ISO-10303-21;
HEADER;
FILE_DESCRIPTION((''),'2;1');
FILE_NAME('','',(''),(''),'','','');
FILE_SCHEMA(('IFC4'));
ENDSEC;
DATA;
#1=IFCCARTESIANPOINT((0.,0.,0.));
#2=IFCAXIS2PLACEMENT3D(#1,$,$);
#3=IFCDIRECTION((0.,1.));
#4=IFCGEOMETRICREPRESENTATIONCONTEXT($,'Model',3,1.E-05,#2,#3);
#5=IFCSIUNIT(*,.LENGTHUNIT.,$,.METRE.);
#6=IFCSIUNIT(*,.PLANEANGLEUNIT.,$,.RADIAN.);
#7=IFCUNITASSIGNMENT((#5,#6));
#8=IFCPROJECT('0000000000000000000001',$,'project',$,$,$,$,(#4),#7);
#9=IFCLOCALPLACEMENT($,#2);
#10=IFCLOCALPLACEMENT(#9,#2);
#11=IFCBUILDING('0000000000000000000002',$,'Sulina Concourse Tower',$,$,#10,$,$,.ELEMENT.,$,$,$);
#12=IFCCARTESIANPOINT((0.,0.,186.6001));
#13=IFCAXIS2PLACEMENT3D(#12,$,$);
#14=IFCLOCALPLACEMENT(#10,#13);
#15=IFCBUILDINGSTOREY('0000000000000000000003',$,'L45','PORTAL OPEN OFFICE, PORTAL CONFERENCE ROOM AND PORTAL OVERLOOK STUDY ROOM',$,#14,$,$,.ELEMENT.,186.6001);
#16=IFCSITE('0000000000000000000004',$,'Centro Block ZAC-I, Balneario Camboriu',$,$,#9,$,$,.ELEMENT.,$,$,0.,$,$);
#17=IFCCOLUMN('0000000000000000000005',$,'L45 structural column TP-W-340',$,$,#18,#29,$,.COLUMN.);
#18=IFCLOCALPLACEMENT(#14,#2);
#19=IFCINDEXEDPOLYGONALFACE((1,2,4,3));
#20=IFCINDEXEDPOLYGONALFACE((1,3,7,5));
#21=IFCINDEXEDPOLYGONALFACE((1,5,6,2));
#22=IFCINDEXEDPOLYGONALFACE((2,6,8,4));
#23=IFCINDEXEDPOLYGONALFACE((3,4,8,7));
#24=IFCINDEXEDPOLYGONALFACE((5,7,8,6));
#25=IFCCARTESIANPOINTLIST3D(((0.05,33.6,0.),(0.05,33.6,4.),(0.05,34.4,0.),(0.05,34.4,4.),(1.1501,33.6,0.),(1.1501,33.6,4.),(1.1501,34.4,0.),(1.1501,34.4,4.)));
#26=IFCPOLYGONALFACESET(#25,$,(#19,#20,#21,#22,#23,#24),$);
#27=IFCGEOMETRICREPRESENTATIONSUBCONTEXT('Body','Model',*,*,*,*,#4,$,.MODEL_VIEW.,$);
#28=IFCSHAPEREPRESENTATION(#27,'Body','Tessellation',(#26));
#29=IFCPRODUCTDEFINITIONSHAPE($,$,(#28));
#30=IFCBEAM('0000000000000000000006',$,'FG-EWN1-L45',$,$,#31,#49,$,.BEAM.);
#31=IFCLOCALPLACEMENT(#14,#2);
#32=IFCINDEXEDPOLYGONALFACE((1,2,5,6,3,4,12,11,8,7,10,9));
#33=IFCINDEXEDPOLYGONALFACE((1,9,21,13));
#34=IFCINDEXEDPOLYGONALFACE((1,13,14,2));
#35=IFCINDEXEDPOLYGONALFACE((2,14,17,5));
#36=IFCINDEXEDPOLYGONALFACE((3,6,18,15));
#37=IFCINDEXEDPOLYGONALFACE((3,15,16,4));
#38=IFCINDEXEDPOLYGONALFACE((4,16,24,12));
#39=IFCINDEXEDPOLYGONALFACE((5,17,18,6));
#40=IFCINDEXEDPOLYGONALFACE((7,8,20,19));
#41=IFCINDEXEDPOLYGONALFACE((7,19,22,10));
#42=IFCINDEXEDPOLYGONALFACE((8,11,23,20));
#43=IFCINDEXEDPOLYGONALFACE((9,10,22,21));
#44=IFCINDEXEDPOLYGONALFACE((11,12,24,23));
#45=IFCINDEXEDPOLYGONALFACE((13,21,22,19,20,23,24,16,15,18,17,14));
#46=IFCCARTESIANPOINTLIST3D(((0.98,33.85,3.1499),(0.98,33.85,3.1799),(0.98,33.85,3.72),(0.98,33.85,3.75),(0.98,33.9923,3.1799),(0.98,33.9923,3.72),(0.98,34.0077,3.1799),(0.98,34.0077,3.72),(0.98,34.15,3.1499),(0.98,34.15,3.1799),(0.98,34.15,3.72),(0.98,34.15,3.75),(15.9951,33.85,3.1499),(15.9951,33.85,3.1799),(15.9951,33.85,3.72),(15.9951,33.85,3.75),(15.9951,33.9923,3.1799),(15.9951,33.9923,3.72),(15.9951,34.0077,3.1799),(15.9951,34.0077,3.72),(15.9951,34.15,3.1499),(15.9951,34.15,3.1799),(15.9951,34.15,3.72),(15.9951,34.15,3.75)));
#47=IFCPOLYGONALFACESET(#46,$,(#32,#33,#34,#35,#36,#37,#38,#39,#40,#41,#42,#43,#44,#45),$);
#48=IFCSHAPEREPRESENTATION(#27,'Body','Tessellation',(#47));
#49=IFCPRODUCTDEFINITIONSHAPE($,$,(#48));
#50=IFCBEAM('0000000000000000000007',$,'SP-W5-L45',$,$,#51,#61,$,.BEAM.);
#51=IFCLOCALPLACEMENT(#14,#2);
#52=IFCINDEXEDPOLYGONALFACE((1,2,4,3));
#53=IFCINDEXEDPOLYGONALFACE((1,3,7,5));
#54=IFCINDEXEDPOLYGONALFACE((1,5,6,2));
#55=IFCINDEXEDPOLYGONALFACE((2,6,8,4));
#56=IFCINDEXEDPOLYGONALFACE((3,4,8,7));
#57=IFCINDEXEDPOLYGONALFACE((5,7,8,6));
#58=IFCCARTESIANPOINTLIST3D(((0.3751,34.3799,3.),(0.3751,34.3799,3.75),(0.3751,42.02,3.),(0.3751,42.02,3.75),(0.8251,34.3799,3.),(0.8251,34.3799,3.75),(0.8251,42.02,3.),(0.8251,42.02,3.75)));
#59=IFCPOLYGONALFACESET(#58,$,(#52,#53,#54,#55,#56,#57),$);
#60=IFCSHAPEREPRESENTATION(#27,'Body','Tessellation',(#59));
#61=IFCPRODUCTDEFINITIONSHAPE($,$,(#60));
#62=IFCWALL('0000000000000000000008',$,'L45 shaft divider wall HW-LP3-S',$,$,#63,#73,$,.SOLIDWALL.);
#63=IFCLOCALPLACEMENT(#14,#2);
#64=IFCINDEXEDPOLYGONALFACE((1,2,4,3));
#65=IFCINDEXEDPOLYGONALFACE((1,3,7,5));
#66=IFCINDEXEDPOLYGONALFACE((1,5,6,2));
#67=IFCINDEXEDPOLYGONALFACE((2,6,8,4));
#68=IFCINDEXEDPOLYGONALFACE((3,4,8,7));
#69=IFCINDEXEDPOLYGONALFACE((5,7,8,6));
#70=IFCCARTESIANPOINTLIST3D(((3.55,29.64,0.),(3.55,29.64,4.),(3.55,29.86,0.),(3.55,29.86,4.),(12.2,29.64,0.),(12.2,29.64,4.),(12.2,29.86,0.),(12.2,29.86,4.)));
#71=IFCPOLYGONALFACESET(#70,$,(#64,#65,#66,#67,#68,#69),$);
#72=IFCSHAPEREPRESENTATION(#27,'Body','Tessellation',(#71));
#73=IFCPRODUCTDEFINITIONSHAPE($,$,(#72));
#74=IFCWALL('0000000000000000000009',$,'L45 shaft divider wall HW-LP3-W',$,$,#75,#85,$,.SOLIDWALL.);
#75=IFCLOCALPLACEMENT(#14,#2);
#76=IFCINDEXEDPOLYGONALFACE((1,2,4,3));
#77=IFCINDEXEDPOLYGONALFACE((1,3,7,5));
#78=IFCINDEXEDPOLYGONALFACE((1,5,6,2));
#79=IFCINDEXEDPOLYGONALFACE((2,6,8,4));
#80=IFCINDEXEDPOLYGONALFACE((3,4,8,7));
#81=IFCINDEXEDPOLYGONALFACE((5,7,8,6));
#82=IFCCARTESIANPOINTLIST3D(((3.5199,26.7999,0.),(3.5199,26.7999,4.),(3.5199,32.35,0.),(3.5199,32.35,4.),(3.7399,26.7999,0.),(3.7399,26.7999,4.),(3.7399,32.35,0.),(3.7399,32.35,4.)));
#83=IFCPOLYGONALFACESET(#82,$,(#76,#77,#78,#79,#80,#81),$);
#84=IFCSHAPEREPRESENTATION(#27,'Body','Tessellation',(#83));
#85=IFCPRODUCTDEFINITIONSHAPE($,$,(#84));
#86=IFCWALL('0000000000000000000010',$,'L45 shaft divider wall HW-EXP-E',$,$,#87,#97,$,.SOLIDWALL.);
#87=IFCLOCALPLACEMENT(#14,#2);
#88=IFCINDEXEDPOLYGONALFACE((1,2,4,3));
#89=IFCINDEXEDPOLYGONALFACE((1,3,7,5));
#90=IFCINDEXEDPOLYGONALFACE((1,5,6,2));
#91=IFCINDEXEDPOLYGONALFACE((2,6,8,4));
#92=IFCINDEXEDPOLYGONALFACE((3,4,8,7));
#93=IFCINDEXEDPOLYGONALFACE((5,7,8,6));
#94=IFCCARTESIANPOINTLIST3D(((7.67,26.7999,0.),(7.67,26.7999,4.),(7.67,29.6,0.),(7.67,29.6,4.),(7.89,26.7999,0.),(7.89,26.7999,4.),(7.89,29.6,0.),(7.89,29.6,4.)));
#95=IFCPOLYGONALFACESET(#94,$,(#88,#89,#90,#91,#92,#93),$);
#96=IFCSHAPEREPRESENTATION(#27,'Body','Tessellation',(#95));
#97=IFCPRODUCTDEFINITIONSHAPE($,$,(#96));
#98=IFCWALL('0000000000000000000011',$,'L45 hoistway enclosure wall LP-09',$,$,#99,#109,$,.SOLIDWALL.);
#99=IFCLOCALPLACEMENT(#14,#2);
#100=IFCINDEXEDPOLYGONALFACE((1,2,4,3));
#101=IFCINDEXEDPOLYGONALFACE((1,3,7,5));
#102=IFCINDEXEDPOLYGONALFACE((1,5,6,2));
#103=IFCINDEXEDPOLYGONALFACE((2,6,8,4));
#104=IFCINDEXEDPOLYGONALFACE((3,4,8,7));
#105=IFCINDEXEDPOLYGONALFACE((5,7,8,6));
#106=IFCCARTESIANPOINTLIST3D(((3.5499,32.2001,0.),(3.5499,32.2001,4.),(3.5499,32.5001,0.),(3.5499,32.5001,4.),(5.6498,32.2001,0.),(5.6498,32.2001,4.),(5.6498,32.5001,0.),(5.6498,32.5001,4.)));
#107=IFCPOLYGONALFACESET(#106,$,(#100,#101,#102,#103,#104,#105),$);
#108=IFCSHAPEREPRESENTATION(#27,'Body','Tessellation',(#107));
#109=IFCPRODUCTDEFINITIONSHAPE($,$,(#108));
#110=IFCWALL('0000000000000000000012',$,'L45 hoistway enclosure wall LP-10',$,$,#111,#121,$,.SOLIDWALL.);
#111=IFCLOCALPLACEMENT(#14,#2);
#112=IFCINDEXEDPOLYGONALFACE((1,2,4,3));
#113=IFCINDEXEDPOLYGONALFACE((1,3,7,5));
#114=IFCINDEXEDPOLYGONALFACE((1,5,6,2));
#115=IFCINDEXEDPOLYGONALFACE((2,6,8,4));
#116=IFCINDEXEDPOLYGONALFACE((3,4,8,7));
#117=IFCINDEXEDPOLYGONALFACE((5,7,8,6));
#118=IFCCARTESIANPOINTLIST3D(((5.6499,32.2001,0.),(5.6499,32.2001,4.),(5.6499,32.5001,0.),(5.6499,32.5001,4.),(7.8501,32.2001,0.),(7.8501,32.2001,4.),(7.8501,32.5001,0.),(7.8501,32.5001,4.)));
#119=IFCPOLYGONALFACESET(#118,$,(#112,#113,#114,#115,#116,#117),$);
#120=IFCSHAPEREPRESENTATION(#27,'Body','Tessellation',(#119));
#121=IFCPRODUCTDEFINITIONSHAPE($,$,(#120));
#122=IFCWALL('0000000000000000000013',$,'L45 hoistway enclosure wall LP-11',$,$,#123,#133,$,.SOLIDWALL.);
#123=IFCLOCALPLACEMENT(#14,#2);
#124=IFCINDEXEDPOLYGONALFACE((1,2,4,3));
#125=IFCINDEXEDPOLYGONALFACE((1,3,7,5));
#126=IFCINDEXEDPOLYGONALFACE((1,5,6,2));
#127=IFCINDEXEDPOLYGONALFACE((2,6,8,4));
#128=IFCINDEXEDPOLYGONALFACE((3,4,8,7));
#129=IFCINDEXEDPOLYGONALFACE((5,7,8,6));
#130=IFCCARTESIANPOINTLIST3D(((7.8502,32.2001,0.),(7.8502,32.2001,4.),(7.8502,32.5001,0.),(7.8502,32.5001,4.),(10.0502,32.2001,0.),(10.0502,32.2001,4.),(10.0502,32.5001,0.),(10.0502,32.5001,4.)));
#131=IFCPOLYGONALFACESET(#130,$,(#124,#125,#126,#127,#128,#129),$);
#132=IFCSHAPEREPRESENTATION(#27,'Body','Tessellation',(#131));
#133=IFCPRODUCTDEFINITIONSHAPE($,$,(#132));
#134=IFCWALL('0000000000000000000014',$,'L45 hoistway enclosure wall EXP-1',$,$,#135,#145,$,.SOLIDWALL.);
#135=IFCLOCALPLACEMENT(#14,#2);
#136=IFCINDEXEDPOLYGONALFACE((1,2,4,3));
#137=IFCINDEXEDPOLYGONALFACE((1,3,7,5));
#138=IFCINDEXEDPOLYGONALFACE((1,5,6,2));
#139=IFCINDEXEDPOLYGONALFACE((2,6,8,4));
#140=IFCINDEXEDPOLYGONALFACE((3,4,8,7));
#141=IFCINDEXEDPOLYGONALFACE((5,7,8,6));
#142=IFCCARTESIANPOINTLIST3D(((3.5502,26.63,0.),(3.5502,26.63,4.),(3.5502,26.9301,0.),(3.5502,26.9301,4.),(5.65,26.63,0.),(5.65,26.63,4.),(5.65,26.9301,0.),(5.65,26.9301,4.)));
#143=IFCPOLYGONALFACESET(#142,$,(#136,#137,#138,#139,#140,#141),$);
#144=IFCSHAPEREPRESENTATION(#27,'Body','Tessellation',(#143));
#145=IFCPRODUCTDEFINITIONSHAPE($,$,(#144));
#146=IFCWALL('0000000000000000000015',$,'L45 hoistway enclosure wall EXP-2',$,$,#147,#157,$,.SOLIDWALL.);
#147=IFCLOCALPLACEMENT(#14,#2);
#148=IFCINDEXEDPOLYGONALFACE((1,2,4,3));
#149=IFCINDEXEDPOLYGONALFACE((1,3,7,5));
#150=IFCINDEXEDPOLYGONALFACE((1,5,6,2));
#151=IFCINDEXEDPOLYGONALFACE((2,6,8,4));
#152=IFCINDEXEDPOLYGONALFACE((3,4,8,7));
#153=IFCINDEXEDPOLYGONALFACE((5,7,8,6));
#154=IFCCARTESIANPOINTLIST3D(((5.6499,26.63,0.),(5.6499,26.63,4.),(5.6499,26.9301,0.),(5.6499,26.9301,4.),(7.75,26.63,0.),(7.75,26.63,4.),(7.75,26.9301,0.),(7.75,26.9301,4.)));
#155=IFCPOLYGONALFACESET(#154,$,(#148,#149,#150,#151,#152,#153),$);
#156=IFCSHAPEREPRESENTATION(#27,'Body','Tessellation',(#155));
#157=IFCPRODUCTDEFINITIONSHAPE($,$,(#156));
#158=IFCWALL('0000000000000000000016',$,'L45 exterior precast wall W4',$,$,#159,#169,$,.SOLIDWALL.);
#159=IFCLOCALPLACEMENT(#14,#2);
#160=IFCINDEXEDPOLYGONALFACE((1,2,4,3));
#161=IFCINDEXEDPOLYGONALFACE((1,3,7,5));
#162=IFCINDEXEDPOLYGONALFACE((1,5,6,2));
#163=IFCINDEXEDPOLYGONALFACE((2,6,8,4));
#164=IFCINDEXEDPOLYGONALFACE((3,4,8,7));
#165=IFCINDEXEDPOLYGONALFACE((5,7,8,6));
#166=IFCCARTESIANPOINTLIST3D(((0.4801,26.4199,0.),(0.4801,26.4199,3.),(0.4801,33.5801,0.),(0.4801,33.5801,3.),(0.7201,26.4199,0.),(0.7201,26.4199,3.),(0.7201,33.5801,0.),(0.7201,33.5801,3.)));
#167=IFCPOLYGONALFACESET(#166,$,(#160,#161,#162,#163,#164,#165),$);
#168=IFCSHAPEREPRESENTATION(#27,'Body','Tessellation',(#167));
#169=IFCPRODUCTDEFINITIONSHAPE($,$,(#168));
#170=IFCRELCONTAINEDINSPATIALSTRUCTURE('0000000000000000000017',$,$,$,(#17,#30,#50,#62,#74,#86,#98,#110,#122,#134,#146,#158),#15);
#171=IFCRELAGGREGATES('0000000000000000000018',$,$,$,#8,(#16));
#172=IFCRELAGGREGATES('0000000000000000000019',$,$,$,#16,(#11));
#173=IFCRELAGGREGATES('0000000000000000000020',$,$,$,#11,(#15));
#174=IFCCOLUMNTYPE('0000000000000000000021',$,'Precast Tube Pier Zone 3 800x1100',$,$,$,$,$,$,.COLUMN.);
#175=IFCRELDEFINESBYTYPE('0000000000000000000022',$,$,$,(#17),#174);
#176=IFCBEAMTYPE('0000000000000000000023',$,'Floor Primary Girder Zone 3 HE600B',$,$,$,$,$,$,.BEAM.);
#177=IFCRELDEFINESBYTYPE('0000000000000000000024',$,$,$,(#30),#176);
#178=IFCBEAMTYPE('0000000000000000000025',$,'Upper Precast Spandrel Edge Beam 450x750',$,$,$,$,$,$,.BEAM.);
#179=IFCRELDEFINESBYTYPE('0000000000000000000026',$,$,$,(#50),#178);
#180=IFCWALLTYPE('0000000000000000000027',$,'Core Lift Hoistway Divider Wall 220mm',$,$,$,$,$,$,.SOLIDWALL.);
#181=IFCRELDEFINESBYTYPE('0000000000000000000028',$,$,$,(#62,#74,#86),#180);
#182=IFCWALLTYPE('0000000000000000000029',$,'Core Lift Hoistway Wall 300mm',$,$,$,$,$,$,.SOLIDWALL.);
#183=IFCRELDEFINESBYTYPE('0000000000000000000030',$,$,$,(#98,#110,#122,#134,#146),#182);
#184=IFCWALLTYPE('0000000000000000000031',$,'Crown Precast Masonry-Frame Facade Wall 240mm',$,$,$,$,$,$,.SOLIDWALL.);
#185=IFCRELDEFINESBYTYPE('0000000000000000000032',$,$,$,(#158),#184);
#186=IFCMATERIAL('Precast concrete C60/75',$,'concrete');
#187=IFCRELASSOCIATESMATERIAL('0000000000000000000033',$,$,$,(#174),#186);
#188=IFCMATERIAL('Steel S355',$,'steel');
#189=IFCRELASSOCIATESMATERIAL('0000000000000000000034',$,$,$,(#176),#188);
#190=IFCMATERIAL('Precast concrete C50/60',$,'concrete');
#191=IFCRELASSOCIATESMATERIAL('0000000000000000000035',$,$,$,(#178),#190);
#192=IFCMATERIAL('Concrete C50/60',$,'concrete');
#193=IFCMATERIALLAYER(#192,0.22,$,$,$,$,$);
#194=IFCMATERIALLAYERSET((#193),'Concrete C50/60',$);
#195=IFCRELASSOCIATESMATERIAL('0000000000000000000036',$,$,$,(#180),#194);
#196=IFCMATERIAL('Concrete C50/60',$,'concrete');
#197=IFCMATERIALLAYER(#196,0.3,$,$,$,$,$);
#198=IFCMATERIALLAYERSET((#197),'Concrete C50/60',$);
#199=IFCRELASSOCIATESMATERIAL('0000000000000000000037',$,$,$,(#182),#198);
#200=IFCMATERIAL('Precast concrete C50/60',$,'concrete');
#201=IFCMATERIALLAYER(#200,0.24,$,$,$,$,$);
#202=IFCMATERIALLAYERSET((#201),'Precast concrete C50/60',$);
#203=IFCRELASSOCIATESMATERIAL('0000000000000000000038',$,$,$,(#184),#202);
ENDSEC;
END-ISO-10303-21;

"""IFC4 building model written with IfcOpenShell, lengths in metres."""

from ifc_helpers import new_model, si_unit, direction, frame, frame_2d, origin, origin_2d, place, context, subcontext, project, spatial, rectangle, i_section, extrude, material, layer, layer_set, material_profile, profile_set, type_object, element, save


model = new_model("IFC4")

# Units and contexts
model_context = context("Model", 3, precision=1e-05, world=origin(), true_north=direction((0.0, 1.0)))
body_context = subcontext(model_context, "Body", "Model", "MODEL_VIEW")
ifc_project = project(units=[si_unit("LENGTHUNIT", "METRE"), si_unit("PLANEANGLEUNIT", "RADIAN")], contexts=[model_context])

# Site, building, storey
site_placement = place(None, origin())
site = spatial("IfcSite", under=ifc_project, at=site_placement, Name="Centro Block ZAC-I, Balneario Camboriu", CompositionType="ELEMENT", RefElevation=0.0)
building_placement = place(site_placement, origin())
building = spatial("IfcBuilding", under=site, at=building_placement, Name="Sulina Concourse Tower", CompositionType="ELEMENT")
storey_placement = place(building_placement, frame((0.0, 0.0, 186.6001)))
storey = spatial("IfcBuildingStorey", under=building, at=storey_placement, Name="L45", Description="PORTAL OPEN OFFICE, PORTAL CONFERENCE ROOM AND PORTAL OVERLOOK STUDY ROOM", CompositionType="ELEMENT", Elevation=186.6001)

# Column
ifc_material_1 = material(Name="Precast concrete C60/75", Category="concrete")
ifc_material_profile_1 = material_profile(ifc_material_1, rectangle(XDim=0.8, YDim=1.1001, at=origin_2d()), Name="PC 800x1100")
ifc_profile_set_1 = profile_set([ifc_material_profile_1], Name="Precast concrete C60/75")
column_type = type_object("IfcColumnType", Name="Precast Tube Pier Zone 3 800x1100", PredefinedType="COLUMN", material=ifc_profile_set_1)
column_placement = place(storey_placement, frame((0.6001, 34.0, 0.0), z_axis=(0.0, 0.0, 1.0), x_axis=(0.0, 1.0, 0.0)))
element("IfcColumn", 1, at=column_placement, inside=storey, type_object=column_type, Name="L45 structural column TP-W-340", PredefinedType="COLUMN", context=body_context, shape_type="SweptSolid", body=[
    extrude(rectangle(XDim=0.8, YDim=1.1001, at=origin_2d()), origin(), (0.0, 0.0, 1.0), 4.0),
])

# Beams
ifc_material_2 = material(Name="Steel S355", Category="steel")
ifc_material_profile_2 = material_profile(ifc_material_2, i_section(OverallWidth=0.3, OverallDepth=0.6001, WebThickness=0.0154, FlangeThickness=0.03, at=origin_2d()), Name="HE 600 B")
ifc_profile_set_2 = profile_set([ifc_material_profile_2], Name="Steel S355")
beam_type_1 = type_object("IfcBeamType", Name="Floor Primary Girder Zone 3 HE600B", PredefinedType="BEAM", material=ifc_profile_set_2)
beam_1_placement = place(storey_placement, frame((0.98, 34.0, 3.45), z_axis=(1.0, 0.0, 0.0), x_axis=(0.0, 1.0, 0.0)))
element("IfcBeam", 2, at=beam_1_placement, inside=storey, type_object=beam_type_1, Name="FG-EWN1-L45", PredefinedType="BEAM", context=body_context, shape_type="SweptSolid", body=[
    extrude(i_section(OverallWidth=0.3, OverallDepth=0.6001, WebThickness=0.0154, FlangeThickness=0.03, at=origin_2d()), origin(), (0.0, 0.0, 1.0), 15.0151),
])
ifc_material_3 = material(Name="Precast concrete C50/60", Category="concrete")
ifc_material_profile_3 = material_profile(ifc_material_3, rectangle(XDim=0.45, YDim=0.75, at=origin_2d()), Name="RC 450x750")
ifc_profile_set_3 = profile_set([ifc_material_profile_3], Name="Precast concrete C50/60")
beam_type_2 = type_object("IfcBeamType", Name="Upper Precast Spandrel Edge Beam 450x750", PredefinedType="BEAM", material=ifc_profile_set_3)
beam_2_placement = place(storey_placement, frame((0.6001, 34.3799, 3.375), z_axis=(0.0, 1.0, 0.0), x_axis=(-1.0, 0.0, 0.0)))
element("IfcBeam", 3, at=beam_2_placement, inside=storey, type_object=beam_type_2, Name="SP-W5-L45", PredefinedType="BEAM", context=body_context, shape_type="SweptSolid", body=[
    extrude(rectangle(XDim=0.45, YDim=0.75, at=origin_2d()), origin(), (0.0, 0.0, 1.0), 7.6401),
])

# Walls
ifc_material_4 = material(Name="Concrete C50/60", Category="concrete")
ifc_layer_1 = layer(ifc_material_4, 0.22)
ifc_layer_set_1 = layer_set([ifc_layer_1], Name="Concrete C50/60")
wall_type_1 = type_object("IfcWallType", Name="Core Lift Hoistway Divider Wall 220mm", PredefinedType="SOLIDWALL", material=ifc_layer_set_1)
wall_1_placement = place(storey_placement, frame((3.55, 29.75, 0.0), z_axis=(0.0, 0.0, 1.0), x_axis=(1.0, 0.0, 0.0)))
element("IfcWall", 4, at=wall_1_placement, inside=storey, type_object=wall_type_1, Name="L45 shaft divider wall HW-LP3-S", PredefinedType="SOLIDWALL", context=body_context, shape_type="SweptSolid", body=[
    extrude(rectangle(XDim=8.6499, YDim=0.22, at=frame_2d((4.325, 0.0))), origin(), (0.0, 0.0, 1.0), 4.0),
])
wall_2_placement = place(storey_placement, frame((3.6299, 26.8, 0.0), z_axis=(0.0, 0.0, 1.0), x_axis=(0.0, 1.0, 0.0)))
element("IfcWall", 5, at=wall_2_placement, inside=storey, type_object=wall_type_1, Name="L45 shaft divider wall HW-LP3-W", PredefinedType="SOLIDWALL", context=body_context, shape_type="SweptSolid", body=[
    extrude(rectangle(XDim=5.55, YDim=0.22, at=frame_2d((2.7749, 0.0))), origin(), (0.0, 0.0, 1.0), 4.0),
])
wall_3_placement = place(storey_placement, frame((7.78, 26.8, 0.0), z_axis=(0.0, 0.0, 1.0), x_axis=(0.0, 1.0, 0.0)))
element("IfcWall", 6, at=wall_3_placement, inside=storey, type_object=wall_type_1, Name="L45 shaft divider wall HW-EXP-E", PredefinedType="SOLIDWALL", context=body_context, shape_type="SweptSolid", body=[
    extrude(rectangle(XDim=2.8, YDim=0.22, at=frame_2d((1.3999, 0.0))), origin(), (0.0, 0.0, 1.0), 4.0),
])
ifc_material_5 = material(Name="Concrete C50/60", Category="concrete")
ifc_layer_2 = layer(ifc_material_5, 0.3)
ifc_layer_set_2 = layer_set([ifc_layer_2], Name="Concrete C50/60")
wall_type_2 = type_object("IfcWallType", Name="Core Lift Hoistway Wall 300mm", PredefinedType="SOLIDWALL", material=ifc_layer_set_2)
wall_4_placement = place(storey_placement, frame((3.55, 32.3501, 0.0), z_axis=(0.0, 0.0, 1.0), x_axis=(1.0, 0.0, 0.0)))
element("IfcWall", 7, at=wall_4_placement, inside=storey, type_object=wall_type_2, Name="L45 hoistway enclosure wall LP-09", PredefinedType="SOLIDWALL", context=body_context, shape_type="SweptSolid", body=[
    extrude(rectangle(XDim=2.0999, YDim=0.3, at=frame_2d((1.0498, 0.0))), origin(), (0.0, 0.0, 1.0), 4.0),
])
wall_5_placement = place(storey_placement, frame((5.6499, 32.3501, 0.0), z_axis=(0.0, 0.0, 1.0), x_axis=(1.0, 0.0, 0.0)))
element("IfcWall", 8, at=wall_5_placement, inside=storey, type_object=wall_type_2, Name="L45 hoistway enclosure wall LP-10", PredefinedType="SOLIDWALL", context=body_context, shape_type="SweptSolid", body=[
    extrude(rectangle(XDim=2.2002, YDim=0.3, at=frame_2d((1.1001, 0.0))), origin(), (0.0, 0.0, 1.0), 4.0),
])
wall_6_placement = place(storey_placement, frame((7.8501, 32.3501, 0.0), z_axis=(0.0, 0.0, 1.0), x_axis=(1.0, 0.0, 0.0)))
element("IfcWall", 9, at=wall_6_placement, inside=storey, type_object=wall_type_2, Name="L45 hoistway enclosure wall LP-11", PredefinedType="SOLIDWALL", context=body_context, shape_type="SweptSolid", body=[
    extrude(rectangle(XDim=2.2, YDim=0.3, at=frame_2d((1.1001, 0.0))), origin(), (0.0, 0.0, 1.0), 4.0),
])
wall_7_placement = place(storey_placement, frame((5.6499, 26.78, 0.0), z_axis=(0.0, 0.0, 1.0), x_axis=(-1.0, 0.0, 0.0)))
element("IfcWall", 10, at=wall_7_placement, inside=storey, type_object=wall_type_2, Name="L45 hoistway enclosure wall EXP-1", PredefinedType="SOLIDWALL", context=body_context, shape_type="SweptSolid", body=[
    extrude(rectangle(XDim=2.0999, YDim=0.3, at=frame_2d((1.0498, 0.0))), origin(), (0.0, 0.0, 1.0), 4.0),
])
wall_8_placement = place(storey_placement, frame((7.75, 26.78, 0.0), z_axis=(0.0, 0.0, 1.0), x_axis=(-1.0, 0.0, 0.0)))
element("IfcWall", 11, at=wall_8_placement, inside=storey, type_object=wall_type_2, Name="L45 hoistway enclosure wall EXP-2", PredefinedType="SOLIDWALL", context=body_context, shape_type="SweptSolid", body=[
    extrude(rectangle(XDim=2.1001, YDim=0.3, at=frame_2d((1.05, 0.0))), origin(), (0.0, 0.0, 1.0), 4.0),
])
ifc_material_6 = material(Name="Precast concrete C50/60", Category="concrete")
ifc_layer_3 = layer(ifc_material_6, 0.24)
ifc_layer_set_3 = layer_set([ifc_layer_3], Name="Precast concrete C50/60")
wall_type_3 = type_object("IfcWallType", Name="Crown Precast Masonry-Frame Facade Wall 240mm", PredefinedType="SOLIDWALL", material=ifc_layer_set_3)
wall_9_placement = place(storey_placement, frame((0.6001, 26.4199, 0.0), z_axis=(0.0, 0.0, 1.0), x_axis=(0.0, 1.0, 0.0)))
element("IfcWall", 12, at=wall_9_placement, inside=storey, type_object=wall_type_3, Name="L45 exterior precast wall W4", PredefinedType="SOLIDWALL", context=body_context, shape_type="SweptSolid", body=[
    extrude(rectangle(XDim=7.1602, YDim=0.24, at=frame_2d((3.5801, 0.0))), origin(), (0.0, 0.0, 1.0), 3.0),
])

save(model, "model.ifc")
